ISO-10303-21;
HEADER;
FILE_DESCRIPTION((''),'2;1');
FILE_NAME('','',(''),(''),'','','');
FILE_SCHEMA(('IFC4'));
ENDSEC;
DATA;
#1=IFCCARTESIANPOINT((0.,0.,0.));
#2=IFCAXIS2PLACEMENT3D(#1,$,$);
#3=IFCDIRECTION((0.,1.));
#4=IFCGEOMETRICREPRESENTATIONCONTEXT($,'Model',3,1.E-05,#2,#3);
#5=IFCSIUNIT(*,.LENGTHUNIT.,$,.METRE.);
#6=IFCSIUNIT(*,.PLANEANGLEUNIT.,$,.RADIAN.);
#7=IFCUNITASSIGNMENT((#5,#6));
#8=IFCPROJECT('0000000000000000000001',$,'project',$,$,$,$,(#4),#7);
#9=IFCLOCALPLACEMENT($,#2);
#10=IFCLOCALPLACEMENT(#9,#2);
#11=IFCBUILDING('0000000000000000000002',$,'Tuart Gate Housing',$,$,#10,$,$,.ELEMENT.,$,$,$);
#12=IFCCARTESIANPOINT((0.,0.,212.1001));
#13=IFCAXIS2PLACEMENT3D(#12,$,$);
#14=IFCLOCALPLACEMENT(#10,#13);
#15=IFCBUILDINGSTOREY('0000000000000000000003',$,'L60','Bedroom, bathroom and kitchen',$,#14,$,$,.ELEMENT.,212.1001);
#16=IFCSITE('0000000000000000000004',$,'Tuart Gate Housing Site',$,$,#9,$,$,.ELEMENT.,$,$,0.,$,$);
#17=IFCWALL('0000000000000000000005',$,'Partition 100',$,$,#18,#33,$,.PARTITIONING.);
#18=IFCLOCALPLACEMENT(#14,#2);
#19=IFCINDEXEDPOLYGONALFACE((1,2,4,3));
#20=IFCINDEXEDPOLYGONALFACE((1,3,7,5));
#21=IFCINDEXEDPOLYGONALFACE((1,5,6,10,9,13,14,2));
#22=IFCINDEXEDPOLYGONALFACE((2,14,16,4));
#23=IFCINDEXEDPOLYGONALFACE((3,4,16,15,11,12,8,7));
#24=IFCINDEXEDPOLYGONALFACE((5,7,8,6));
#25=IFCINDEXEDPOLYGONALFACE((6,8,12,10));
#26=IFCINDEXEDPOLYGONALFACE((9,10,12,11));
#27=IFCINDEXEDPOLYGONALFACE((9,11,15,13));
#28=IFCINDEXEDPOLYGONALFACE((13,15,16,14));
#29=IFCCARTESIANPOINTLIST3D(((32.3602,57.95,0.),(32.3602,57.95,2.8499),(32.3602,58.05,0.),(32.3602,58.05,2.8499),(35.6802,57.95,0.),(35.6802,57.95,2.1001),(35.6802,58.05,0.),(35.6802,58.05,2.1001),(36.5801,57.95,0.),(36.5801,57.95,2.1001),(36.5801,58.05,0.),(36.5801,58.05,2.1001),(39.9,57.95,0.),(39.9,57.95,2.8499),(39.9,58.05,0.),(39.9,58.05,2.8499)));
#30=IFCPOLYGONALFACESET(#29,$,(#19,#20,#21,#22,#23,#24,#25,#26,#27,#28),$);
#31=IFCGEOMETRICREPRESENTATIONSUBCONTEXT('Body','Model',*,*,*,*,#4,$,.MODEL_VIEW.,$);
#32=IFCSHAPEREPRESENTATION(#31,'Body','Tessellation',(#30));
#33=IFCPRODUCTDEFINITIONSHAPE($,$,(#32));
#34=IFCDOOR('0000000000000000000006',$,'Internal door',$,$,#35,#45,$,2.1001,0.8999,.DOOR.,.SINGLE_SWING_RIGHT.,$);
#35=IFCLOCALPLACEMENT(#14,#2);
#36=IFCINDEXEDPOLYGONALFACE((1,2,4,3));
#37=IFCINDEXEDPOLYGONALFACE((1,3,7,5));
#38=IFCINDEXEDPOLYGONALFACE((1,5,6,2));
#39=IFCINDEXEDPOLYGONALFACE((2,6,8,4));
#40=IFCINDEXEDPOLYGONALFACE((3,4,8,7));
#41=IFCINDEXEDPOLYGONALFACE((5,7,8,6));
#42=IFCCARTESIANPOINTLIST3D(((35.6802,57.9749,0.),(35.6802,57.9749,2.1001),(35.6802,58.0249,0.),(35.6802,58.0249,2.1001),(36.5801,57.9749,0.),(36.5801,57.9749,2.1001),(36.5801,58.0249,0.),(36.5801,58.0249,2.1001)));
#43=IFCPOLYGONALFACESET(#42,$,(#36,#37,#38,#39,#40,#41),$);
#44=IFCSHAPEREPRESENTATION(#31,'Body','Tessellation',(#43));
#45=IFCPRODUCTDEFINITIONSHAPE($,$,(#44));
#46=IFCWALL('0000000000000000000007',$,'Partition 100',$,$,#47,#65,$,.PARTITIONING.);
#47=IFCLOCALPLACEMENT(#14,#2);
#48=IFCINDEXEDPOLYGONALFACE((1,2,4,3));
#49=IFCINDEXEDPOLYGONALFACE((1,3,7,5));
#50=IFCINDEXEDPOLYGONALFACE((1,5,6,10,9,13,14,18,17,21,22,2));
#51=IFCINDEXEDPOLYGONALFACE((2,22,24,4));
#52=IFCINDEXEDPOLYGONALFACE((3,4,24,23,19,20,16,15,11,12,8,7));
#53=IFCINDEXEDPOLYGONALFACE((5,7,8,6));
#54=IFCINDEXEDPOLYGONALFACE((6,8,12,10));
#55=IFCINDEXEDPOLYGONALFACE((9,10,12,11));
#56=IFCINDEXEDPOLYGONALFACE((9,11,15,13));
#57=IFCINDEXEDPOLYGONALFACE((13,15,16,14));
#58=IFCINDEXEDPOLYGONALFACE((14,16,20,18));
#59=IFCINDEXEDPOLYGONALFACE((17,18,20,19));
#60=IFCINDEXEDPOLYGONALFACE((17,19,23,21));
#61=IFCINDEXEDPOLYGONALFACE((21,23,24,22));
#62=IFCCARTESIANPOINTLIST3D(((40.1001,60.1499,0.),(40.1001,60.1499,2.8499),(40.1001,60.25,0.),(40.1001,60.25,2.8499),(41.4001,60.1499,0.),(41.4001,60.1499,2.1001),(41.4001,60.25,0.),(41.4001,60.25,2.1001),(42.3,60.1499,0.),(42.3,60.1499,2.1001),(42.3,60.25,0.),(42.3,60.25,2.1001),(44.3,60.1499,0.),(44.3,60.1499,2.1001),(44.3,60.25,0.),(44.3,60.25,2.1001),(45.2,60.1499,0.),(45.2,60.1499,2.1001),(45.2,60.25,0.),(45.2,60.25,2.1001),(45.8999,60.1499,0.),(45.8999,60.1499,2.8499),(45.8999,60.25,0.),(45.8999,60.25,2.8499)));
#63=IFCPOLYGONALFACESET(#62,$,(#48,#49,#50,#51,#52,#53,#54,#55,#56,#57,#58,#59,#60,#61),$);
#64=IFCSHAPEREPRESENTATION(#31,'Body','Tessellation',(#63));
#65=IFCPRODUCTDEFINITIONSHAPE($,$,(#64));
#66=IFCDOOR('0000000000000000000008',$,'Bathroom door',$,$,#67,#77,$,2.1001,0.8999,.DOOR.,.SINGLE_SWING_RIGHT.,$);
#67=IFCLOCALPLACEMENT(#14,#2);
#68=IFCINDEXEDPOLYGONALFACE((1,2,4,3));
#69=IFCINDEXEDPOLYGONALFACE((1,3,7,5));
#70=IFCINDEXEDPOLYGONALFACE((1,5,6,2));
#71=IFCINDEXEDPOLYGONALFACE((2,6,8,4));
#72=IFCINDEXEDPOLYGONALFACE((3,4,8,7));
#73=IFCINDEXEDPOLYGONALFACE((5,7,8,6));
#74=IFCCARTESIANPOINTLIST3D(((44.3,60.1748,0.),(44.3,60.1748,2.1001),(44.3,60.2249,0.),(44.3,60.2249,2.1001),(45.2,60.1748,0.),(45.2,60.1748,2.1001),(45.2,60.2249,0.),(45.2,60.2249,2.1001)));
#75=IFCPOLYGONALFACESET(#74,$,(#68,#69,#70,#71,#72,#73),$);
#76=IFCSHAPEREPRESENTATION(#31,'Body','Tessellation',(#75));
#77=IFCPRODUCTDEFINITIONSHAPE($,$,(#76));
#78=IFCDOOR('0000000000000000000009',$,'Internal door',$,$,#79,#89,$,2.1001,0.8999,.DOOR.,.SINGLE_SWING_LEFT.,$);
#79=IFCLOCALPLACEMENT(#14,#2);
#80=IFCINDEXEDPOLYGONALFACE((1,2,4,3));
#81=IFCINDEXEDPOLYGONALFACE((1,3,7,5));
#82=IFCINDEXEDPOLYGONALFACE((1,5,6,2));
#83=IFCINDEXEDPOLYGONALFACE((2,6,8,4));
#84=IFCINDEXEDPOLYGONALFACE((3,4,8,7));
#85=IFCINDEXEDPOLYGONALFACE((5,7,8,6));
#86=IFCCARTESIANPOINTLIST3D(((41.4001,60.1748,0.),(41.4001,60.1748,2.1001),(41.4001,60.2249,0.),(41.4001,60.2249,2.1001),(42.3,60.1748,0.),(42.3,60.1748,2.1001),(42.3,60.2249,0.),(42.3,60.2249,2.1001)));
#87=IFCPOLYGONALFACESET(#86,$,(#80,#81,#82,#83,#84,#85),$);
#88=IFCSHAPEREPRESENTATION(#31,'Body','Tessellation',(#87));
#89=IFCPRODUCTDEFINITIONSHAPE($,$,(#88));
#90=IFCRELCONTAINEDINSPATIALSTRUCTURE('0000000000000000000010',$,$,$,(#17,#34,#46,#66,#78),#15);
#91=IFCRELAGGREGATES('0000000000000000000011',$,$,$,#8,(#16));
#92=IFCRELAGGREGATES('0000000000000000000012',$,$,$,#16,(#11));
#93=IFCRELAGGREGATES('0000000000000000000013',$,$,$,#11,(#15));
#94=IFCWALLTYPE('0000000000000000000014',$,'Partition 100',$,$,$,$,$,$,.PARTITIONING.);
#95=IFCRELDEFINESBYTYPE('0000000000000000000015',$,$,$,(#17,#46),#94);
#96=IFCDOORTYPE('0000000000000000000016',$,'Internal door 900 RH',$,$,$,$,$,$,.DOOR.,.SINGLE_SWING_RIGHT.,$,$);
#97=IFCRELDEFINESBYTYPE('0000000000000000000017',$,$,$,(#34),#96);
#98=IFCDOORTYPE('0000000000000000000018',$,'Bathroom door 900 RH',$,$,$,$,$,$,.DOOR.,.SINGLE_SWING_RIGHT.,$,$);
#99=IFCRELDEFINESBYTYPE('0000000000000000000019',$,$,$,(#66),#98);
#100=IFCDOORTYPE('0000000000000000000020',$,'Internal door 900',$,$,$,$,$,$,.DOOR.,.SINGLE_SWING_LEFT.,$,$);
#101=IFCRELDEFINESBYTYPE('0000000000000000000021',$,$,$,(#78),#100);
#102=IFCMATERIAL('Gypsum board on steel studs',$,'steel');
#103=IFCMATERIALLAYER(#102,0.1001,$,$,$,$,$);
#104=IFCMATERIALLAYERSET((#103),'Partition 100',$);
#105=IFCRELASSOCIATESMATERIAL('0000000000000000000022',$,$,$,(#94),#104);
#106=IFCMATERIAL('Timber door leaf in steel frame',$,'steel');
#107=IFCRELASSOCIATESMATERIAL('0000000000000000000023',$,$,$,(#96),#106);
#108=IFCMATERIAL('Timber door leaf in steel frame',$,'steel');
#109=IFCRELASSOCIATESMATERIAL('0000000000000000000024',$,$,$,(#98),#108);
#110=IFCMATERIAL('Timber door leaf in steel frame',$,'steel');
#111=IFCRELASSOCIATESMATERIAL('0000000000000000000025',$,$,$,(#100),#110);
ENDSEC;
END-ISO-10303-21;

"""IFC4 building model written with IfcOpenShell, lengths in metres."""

from ifc_helpers import new_model, si_unit, direction, frame, frame_2d, origin, place, context, subcontext, project, spatial, rectangle, extrude, material, layer, layer_set, type_object, element, fill, save


model = new_model("IFC4")

# Units and contexts
model_context = context("Model", 3, precision=1e-05, world=origin(), true_north=direction((0.0, 1.0)))
body_context = subcontext(model_context, "Body", "Model", "MODEL_VIEW")
ifc_project = project(units=[si_unit("LENGTHUNIT", "METRE"), si_unit("PLANEANGLEUNIT", "RADIAN")], contexts=[model_context])

# Site, building, storey
site_placement = place(None, origin())
site = spatial("IfcSite", under=ifc_project, at=site_placement, Name="Tuart Gate Housing Site", CompositionType="ELEMENT", RefElevation=0.0)
building_placement = place(site_placement, origin())
building = spatial("IfcBuilding", under=site, at=building_placement, Name="Tuart Gate Housing", CompositionType="ELEMENT")
storey_placement = place(building_placement, frame((0.0, 0.0, 212.1001)))
storey = spatial("IfcBuildingStorey", under=building, at=storey_placement, Name="L60", Description="Bedroom, bathroom and kitchen", CompositionType="ELEMENT", Elevation=212.1001)

# Shared definitions
ifc_material_1 = material(Name="Gypsum board on steel studs", Category="steel")
ifc_layer_1 = layer(ifc_material_1, 0.1001)
ifc_layer_set_1 = layer_set([ifc_layer_1], Name="Partition 100")
wall_type_1 = type_object("IfcWallType", Name="Partition 100", PredefinedType="PARTITIONING", material=ifc_layer_set_1)

# Wall, opening, door
wall_1_placement = place(storey_placement, frame((32.3601, 58.0, 0.0), z_axis=(0.0, 0.0, 1.0), x_axis=(1.0, 0.0, 0.0)))
wall_1 = element("IfcWall", 1, at=wall_1_placement, inside=storey, type_object=wall_type_1, Name="Partition 100", PredefinedType="PARTITIONING", context=body_context, shape_type="SweptSolid", body=[
    extrude(rectangle(XDim=7.5398, YDim=0.1001, at=frame_2d((3.77, 0.0))), origin(), (0.0, 0.0, 1.0), 2.8499),
])
opening_1_placement = place(wall_1_placement, frame((3.3201, 0.0, 0.0)))
opening_1 = element("IfcOpeningElement", 2, at=opening_1_placement, cuts=wall_1, PredefinedType="OPENING", context=body_context, shape_type="SweptSolid", body=[
    extrude(rectangle(XDim=0.8999, YDim=2.1001, at=frame_2d((0.45, 1.05))), frame((0.0, 0.0601, 0.0), z_axis=(0.0, -1.0, 0.0), x_axis=(1.0, 0.0, 0.0)), (0.0, 0.0, 1.0), 0.1201),
])
ifc_material_2 = material(Name="Timber door leaf in steel frame", Category="steel")
door_type_1 = type_object("IfcDoorType", Name="Internal door 900 RH", OperationType="SINGLE_SWING_RIGHT", PredefinedType="DOOR", material=ifc_material_2)
door_1_placement = place(opening_1_placement, frame((0.8999, 0.0, 0.0), z_axis=(0.0, 0.0, 1.0), x_axis=(-1.0, 0.0, 0.0)))
door_1 = element("IfcDoor", 3, at=door_1_placement, inside=storey, type_object=door_type_1, Name="Internal door", OperationType="SINGLE_SWING_RIGHT", OverallHeight=2.1001, OverallWidth=0.8999, PredefinedType="DOOR", context=body_context, shape_type="SweptSolid", body=[
    extrude(rectangle(XDim=0.8999, YDim=2.1001, at=frame_2d((0.45, 1.05))), frame((0.0, 0.0251, 0.0), z_axis=(0.0, -1.0, 0.0), x_axis=(1.0, 0.0, 0.0)), (0.0, 0.0, 1.0), 0.05),
])
fill(opening_1, door_1)

# Wall, openings, doors
wall_2_placement = place(storey_placement, frame((40.1001, 60.2, 0.0), z_axis=(0.0, 0.0, 1.0), x_axis=(1.0, 0.0, 0.0)))
wall_2 = element("IfcWall", 4, at=wall_2_placement, inside=storey, type_object=wall_type_1, Name="Partition 100", PredefinedType="PARTITIONING", context=body_context, shape_type="SweptSolid", body=[
    extrude(rectangle(XDim=5.7998, YDim=0.1001, at=frame_2d((2.8999, 0.0))), origin(), (0.0, 0.0, 1.0), 2.8499),
])
opening_2_placement = place(wall_2_placement, frame((1.3, 0.0, 0.0)))
opening_2 = element("IfcOpeningElement", 5, at=opening_2_placement, cuts=wall_2, PredefinedType="OPENING", context=body_context, shape_type="SweptSolid", body=[
    extrude(rectangle(XDim=0.8999, YDim=2.1001, at=frame_2d((0.45, 1.05))), frame((0.0, 0.0601, 0.0), z_axis=(0.0, -1.0, 0.0), x_axis=(1.0, 0.0, 0.0)), (0.0, 0.0, 1.0), 0.1201),
])
opening_3_placement = place(wall_2_placement, frame((4.2, 0.0, 0.0)))
opening_3 = element("IfcOpeningElement", 6, at=opening_3_placement, cuts=wall_2, PredefinedType="OPENING", context=body_context, shape_type="SweptSolid", body=[
    extrude(rectangle(XDim=0.8999, YDim=2.1001, at=frame_2d((0.45, 1.05))), frame((0.0, 0.0601, 0.0), z_axis=(0.0, -1.0, 0.0), x_axis=(1.0, 0.0, 0.0)), (0.0, 0.0, 1.0), 0.1201),
])
ifc_material_3 = material(Name="Timber door leaf in steel frame", Category="steel")
door_type_2 = type_object("IfcDoorType", Name="Bathroom door 900 RH", OperationType="SINGLE_SWING_RIGHT", PredefinedType="DOOR", material=ifc_material_3)
door_2_placement = place(opening_3_placement, frame((0.8999, 0.0, 0.0), z_axis=(0.0, 0.0, 1.0), x_axis=(-1.0, 0.0, 0.0)))
door_2 = element("IfcDoor", 7, at=door_2_placement, inside=storey, type_object=door_type_2, Name="Bathroom door", OperationType="SINGLE_SWING_RIGHT", OverallHeight=2.1001, OverallWidth=0.8999, PredefinedType="DOOR", context=body_context, shape_type="SweptSolid", body=[
    extrude(rectangle(XDim=0.8999, YDim=2.1001, at=frame_2d((0.45, 1.05))), frame((0.0, 0.0251, 0.0), z_axis=(0.0, -1.0, 0.0), x_axis=(1.0, 0.0, 0.0)), (0.0, 0.0, 1.0), 0.05),
])
fill(opening_3, door_2)
ifc_material_4 = material(Name="Timber door leaf in steel frame", Category="steel")
door_type_3 = type_object("IfcDoorType", Name="Internal door 900", OperationType="SINGLE_SWING_LEFT", PredefinedType="DOOR", material=ifc_material_4)
door_3_placement = place(opening_2_placement, frame((0.8999, 0.0, 0.0), z_axis=(0.0, 0.0, 1.0), x_axis=(-1.0, 0.0, 0.0)))
door_3 = element("IfcDoor", 8, at=door_3_placement, inside=storey, type_object=door_type_3, Name="Internal door", OperationType="SINGLE_SWING_LEFT", OverallHeight=2.1001, OverallWidth=0.8999, PredefinedType="DOOR", context=body_context, shape_type="SweptSolid", body=[
    extrude(rectangle(XDim=0.8999, YDim=2.1001, at=frame_2d((0.45, 1.05))), frame((0.0, 0.0251, 0.0), z_axis=(0.0, -1.0, 0.0), x_axis=(1.0, 0.0, 0.0)), (0.0, 0.0, 1.0), 0.05),
])
fill(opening_2, door_3)

save(model, "model.ifc")
